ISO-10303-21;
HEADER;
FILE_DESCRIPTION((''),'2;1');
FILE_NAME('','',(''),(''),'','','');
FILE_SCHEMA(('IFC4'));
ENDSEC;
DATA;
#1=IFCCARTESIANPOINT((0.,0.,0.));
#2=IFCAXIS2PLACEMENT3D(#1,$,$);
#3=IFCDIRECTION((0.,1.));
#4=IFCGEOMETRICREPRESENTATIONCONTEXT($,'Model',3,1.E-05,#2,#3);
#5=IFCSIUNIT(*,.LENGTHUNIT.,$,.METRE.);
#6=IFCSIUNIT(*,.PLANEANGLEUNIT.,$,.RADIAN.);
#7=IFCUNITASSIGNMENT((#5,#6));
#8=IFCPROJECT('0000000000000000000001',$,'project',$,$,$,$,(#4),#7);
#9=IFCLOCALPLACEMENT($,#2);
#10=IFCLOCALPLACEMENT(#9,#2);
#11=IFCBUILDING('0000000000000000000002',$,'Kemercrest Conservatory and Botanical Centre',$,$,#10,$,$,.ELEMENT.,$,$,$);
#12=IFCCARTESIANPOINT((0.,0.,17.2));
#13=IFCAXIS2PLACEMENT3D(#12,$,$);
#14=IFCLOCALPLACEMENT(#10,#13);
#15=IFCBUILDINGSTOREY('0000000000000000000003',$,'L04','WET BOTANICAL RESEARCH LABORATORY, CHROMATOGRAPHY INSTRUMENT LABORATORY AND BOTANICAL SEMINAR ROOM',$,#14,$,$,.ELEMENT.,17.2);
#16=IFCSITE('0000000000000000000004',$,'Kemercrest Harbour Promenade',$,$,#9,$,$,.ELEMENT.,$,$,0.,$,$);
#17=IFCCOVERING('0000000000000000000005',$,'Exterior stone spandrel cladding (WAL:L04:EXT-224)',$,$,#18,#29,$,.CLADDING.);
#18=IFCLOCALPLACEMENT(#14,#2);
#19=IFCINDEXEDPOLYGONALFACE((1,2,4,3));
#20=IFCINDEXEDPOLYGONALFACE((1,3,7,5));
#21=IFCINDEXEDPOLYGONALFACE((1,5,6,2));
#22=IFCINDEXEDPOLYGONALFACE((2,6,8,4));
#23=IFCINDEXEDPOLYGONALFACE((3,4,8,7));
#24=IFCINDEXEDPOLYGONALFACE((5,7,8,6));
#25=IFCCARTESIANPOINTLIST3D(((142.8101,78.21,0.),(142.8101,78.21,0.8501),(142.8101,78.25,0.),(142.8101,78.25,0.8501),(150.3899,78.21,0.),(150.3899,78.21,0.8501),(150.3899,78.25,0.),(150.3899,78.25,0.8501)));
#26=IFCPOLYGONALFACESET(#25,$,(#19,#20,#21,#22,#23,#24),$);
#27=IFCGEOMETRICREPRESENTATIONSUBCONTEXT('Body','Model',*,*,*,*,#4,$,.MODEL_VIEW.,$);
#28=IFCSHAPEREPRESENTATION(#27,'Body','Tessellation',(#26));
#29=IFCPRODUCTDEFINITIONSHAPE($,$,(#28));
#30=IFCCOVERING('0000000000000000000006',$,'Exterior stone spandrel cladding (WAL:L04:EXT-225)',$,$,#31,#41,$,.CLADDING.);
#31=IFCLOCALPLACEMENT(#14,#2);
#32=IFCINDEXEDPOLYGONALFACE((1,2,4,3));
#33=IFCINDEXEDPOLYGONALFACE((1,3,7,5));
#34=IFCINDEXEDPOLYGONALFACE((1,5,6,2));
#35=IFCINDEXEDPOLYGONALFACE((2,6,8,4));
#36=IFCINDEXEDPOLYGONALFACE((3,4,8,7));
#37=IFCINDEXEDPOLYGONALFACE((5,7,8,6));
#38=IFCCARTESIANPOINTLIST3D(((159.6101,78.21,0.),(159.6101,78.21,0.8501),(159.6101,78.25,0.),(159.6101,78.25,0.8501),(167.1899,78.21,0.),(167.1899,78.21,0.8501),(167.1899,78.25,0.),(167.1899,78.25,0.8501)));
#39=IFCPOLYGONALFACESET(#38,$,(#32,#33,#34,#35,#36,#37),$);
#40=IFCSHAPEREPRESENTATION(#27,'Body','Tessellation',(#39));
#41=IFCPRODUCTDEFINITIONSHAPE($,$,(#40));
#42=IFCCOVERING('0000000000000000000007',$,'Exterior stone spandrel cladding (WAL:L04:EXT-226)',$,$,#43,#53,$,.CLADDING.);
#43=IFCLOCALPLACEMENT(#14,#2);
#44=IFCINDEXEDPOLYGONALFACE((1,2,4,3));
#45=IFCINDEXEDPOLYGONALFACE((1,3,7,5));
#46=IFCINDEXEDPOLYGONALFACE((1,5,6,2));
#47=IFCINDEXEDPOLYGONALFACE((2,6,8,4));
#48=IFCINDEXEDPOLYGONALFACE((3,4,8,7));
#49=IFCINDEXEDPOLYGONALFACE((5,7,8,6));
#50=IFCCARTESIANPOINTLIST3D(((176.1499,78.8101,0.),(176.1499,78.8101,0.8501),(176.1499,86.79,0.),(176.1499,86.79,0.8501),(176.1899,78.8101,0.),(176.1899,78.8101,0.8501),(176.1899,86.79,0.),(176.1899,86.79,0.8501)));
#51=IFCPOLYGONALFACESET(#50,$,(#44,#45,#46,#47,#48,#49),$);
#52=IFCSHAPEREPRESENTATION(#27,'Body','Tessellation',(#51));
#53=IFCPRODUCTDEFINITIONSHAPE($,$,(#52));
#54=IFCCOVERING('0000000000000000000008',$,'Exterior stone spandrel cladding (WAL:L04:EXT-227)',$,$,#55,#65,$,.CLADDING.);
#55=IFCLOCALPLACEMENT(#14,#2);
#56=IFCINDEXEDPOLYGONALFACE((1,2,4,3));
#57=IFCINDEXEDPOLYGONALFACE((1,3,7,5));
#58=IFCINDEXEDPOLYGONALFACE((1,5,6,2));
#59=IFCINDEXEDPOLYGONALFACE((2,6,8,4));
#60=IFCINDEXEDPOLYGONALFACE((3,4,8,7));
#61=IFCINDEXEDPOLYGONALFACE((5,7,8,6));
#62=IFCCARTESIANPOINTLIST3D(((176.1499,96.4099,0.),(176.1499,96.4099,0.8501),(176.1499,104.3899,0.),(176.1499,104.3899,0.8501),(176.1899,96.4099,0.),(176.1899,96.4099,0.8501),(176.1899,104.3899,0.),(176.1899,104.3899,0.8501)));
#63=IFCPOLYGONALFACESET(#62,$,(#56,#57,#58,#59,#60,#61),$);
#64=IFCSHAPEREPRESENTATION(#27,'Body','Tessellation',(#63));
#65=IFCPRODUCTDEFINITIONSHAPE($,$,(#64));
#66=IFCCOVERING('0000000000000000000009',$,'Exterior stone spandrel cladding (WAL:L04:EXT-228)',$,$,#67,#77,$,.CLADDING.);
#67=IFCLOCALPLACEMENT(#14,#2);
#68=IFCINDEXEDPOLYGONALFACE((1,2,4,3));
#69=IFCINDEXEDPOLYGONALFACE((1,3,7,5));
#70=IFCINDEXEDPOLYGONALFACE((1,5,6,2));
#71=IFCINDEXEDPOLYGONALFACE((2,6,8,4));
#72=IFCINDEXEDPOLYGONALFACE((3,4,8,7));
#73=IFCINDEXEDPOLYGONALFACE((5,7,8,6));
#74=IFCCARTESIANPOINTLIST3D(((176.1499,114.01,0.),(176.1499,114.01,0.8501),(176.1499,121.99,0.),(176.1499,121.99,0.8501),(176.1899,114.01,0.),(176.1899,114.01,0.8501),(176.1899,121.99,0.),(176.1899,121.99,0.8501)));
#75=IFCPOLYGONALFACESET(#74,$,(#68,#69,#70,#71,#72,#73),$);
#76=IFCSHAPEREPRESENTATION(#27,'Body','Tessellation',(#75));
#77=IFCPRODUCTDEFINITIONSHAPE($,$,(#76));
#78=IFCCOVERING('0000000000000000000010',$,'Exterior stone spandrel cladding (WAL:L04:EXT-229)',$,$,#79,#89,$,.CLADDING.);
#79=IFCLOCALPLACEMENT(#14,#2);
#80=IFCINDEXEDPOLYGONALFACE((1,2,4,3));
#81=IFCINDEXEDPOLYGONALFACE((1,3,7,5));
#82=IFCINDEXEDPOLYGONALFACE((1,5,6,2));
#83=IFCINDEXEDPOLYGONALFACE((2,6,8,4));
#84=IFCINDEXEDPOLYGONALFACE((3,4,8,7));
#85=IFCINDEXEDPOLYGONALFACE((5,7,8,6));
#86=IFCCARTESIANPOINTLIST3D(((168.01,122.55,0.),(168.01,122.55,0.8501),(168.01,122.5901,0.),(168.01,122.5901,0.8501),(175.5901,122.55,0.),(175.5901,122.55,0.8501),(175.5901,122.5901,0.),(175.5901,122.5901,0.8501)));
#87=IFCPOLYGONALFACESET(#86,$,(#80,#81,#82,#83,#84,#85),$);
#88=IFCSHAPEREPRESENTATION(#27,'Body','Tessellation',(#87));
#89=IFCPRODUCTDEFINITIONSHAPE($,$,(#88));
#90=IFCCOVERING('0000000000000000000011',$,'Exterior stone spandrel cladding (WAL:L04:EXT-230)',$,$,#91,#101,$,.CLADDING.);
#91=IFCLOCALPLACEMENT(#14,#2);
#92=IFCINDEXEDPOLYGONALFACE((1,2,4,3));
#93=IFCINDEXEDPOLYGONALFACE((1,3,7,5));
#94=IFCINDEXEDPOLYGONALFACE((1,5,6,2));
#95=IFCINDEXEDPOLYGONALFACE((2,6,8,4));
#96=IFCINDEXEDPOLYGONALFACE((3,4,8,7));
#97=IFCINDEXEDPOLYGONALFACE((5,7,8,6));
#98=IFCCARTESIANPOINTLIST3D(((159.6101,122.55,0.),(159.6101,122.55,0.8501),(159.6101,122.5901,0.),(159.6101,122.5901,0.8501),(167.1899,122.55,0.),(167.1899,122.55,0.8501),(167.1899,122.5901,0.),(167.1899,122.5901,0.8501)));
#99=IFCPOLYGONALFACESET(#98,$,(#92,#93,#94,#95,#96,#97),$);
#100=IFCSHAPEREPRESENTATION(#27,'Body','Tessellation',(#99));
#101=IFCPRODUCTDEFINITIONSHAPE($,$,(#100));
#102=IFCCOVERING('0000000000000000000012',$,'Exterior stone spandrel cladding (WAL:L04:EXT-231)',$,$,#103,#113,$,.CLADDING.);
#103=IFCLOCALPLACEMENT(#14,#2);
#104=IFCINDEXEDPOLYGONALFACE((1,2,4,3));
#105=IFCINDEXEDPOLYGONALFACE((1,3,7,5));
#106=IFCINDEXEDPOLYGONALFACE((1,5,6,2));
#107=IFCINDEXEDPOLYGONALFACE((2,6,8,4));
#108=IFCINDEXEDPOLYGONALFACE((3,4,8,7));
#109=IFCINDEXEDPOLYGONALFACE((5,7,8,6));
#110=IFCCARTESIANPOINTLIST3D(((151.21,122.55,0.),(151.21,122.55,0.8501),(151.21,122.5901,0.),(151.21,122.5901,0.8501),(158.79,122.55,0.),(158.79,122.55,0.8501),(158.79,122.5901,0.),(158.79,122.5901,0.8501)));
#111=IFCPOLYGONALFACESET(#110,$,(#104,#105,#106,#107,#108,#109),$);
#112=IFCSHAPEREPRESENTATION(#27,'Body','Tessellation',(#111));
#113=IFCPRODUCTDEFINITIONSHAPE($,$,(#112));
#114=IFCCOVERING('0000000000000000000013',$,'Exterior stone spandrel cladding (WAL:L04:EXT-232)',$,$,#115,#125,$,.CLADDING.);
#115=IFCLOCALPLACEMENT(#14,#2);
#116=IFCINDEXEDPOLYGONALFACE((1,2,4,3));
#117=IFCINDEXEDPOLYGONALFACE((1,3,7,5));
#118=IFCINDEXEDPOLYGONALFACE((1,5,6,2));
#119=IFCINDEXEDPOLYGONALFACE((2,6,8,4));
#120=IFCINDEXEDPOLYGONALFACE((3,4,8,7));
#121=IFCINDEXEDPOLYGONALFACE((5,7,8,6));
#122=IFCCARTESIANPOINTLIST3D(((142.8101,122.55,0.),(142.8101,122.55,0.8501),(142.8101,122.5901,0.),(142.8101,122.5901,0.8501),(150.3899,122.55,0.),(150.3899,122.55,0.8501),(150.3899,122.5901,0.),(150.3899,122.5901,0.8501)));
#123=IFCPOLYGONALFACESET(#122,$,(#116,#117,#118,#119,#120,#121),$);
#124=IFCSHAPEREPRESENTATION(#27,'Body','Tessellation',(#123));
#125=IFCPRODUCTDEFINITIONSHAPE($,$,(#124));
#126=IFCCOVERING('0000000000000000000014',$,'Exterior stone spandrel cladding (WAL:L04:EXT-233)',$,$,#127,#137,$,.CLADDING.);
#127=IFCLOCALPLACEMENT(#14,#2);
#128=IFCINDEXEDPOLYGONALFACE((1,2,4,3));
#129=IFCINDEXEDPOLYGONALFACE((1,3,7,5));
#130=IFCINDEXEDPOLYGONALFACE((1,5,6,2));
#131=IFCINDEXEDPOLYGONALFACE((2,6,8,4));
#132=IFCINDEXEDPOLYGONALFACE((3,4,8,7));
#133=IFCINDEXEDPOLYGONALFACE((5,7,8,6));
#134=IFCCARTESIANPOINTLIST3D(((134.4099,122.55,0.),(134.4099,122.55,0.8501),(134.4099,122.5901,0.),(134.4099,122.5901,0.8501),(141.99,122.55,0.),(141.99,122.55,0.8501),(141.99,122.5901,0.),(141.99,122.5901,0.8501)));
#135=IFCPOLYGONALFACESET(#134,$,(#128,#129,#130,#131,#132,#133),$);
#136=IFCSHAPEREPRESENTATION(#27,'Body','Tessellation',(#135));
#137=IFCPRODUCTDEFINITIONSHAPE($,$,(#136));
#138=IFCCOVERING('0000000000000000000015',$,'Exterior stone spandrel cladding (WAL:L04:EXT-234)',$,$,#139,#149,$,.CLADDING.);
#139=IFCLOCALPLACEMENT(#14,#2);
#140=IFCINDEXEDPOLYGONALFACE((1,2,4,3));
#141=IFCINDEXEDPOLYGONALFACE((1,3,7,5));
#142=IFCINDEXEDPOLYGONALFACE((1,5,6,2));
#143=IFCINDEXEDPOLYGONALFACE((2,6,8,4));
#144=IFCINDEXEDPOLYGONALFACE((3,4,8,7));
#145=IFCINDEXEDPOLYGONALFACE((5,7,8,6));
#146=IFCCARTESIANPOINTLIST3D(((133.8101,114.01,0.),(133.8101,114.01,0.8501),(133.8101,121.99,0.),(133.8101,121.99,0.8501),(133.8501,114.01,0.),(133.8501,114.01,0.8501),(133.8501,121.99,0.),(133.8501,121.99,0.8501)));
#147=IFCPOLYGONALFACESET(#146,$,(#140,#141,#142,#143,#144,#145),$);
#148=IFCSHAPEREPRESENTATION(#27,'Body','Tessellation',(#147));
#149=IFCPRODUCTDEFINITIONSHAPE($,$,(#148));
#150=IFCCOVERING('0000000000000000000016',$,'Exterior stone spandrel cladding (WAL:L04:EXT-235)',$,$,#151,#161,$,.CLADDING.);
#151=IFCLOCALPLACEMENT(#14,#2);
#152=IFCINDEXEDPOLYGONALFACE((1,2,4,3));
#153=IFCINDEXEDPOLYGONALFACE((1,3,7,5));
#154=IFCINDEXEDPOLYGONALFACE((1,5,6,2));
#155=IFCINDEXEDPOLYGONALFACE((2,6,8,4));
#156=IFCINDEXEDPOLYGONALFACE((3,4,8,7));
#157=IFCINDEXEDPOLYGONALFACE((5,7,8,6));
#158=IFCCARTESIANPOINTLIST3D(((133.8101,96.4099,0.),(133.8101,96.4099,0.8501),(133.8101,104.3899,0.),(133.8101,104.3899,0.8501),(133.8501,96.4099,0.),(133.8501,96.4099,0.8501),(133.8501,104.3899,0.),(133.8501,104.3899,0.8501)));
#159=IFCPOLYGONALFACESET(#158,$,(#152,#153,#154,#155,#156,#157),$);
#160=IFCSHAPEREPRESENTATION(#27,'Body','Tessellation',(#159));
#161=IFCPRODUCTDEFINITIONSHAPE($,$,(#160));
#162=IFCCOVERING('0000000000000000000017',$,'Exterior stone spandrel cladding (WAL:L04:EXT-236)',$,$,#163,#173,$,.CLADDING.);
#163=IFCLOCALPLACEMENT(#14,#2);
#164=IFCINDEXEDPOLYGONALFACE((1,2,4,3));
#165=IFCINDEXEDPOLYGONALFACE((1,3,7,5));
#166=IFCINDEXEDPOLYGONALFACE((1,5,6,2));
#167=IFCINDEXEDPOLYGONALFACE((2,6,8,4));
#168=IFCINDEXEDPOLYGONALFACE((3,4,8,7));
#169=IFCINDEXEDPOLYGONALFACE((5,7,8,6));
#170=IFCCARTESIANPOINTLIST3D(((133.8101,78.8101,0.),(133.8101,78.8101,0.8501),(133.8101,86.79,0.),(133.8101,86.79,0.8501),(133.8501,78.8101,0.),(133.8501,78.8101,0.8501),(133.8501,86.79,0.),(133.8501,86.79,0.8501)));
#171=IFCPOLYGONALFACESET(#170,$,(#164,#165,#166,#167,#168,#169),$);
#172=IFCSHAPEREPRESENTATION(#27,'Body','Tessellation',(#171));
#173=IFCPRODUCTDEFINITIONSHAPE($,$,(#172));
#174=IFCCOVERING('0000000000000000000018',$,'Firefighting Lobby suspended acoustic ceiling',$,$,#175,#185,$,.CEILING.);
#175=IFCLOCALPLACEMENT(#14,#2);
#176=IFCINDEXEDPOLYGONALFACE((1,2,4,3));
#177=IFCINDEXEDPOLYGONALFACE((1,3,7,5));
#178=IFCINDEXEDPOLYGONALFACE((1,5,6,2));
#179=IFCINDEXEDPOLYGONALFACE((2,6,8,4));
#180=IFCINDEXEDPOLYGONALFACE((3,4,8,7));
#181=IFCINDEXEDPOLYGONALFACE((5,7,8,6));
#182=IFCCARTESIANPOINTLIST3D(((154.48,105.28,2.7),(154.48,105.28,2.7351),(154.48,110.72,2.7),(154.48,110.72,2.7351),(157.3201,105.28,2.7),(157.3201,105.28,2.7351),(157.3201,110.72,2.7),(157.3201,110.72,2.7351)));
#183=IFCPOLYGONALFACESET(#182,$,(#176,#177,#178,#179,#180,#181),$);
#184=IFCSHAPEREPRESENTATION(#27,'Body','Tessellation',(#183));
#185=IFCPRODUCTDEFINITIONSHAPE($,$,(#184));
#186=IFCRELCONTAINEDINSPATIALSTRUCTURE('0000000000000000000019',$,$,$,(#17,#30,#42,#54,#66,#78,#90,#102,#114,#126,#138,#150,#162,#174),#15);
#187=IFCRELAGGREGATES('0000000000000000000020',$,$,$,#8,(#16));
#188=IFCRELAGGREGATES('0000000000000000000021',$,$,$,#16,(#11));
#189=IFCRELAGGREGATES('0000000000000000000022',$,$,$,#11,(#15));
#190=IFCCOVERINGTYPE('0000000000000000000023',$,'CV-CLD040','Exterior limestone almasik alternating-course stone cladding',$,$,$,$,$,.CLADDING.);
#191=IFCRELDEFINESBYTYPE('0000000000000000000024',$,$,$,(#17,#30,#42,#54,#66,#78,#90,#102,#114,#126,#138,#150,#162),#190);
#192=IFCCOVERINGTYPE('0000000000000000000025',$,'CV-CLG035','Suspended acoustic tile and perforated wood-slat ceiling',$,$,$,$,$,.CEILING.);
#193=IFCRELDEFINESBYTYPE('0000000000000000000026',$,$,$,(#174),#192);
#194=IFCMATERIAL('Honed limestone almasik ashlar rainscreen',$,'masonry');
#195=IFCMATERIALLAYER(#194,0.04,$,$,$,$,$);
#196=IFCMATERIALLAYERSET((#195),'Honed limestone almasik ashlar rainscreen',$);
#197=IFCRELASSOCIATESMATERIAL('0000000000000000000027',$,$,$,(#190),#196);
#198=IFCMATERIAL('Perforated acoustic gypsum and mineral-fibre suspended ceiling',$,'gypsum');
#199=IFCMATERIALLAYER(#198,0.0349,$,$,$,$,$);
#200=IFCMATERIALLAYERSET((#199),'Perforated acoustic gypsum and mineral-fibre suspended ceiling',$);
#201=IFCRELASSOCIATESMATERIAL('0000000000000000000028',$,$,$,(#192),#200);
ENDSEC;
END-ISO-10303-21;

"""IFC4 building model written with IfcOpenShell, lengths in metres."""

from ifc_helpers import new_model, si_unit, direction, frame, origin, place, context, subcontext, project, spatial, polyline, outline, extrude, material, layer, layer_set, type_object, element, save


model = new_model("IFC4")

# Units and contexts
model_context = context("Model", 3, precision=1e-05, world=origin(), true_north=direction((0.0, 1.0)))
body_context = subcontext(model_context, "Body", "Model", "MODEL_VIEW")
ifc_project = project(units=[si_unit("LENGTHUNIT", "METRE"), si_unit("PLANEANGLEUNIT", "RADIAN")], contexts=[model_context])

# Site, building, storey
site_placement = place(None, origin())
site = spatial("IfcSite", under=ifc_project, at=site_placement, Name="Kemercrest Harbour Promenade", CompositionType="ELEMENT", RefElevation=0.0)
building_placement = place(site_placement, origin())
building = spatial("IfcBuilding", under=site, at=building_placement, Name="Kemercrest Conservatory and Botanical Centre", CompositionType="ELEMENT")
storey_placement = place(building_placement, frame((0.0, 0.0, 17.2)))
storey = spatial("IfcBuildingStorey", under=building, at=storey_placement, Name="L04", Description="WET BOTANICAL RESEARCH LABORATORY, CHROMATOGRAPHY INSTRUMENT LABORATORY AND BOTANICAL SEMINAR ROOM", CompositionType="ELEMENT", Elevation=17.2)

# Coverings
ifc_material_1 = material(Name="Honed limestone almasik ashlar rainscreen", Category="masonry")
ifc_layer_1 = layer(ifc_material_1, 0.04)
ifc_layer_set_1 = layer_set([ifc_layer_1], Name="Honed limestone almasik ashlar rainscreen")
covering_type_1 = type_object("IfcCoveringType", Name="CV-CLD040", Description="Exterior limestone almasik alternating-course stone cladding", PredefinedType="CLADDING", material=ifc_layer_set_1)
covering_1_placement = place(storey_placement, origin())
element("IfcCovering", 1, at=covering_1_placement, inside=storey, type_object=covering_type_1, Name="Exterior stone spandrel cladding (WAL:L04:EXT-224)", PredefinedType="CLADDING", context=body_context, shape_type="SweptSolid", body=[
    extrude(outline(polyline([(142.8101, 78.25), (142.8101, 78.21), (150.3899, 78.21), (150.3899, 78.25), (142.8101, 78.25)])), origin(), (0.0, 0.0, 1.0), 0.8501),
])
covering_2_placement = place(storey_placement, origin())
element("IfcCovering", 2, at=covering_2_placement, inside=storey, type_object=covering_type_1, Name="Exterior stone spandrel cladding (WAL:L04:EXT-225)", PredefinedType="CLADDING", context=body_context, shape_type="SweptSolid", body=[
    extrude(outline(polyline([(159.6101, 78.25), (159.6101, 78.21), (167.1899, 78.21), (167.1899, 78.25), (159.6101, 78.25)])), origin(), (0.0, 0.0, 1.0), 0.8501),
])
covering_3_placement = place(storey_placement, origin())
element("IfcCovering", 3, at=covering_3_placement, inside=storey, type_object=covering_type_1, Name="Exterior stone spandrel cladding (WAL:L04:EXT-226)", PredefinedType="CLADDING", context=body_context, shape_type="SweptSolid", body=[
    extrude(outline(polyline([(176.1499, 78.8101), (176.1899, 78.8101), (176.1899, 86.79), (176.1499, 86.79), (176.1499, 78.8101)])), origin(), (0.0, 0.0, 1.0), 0.8501),
])
covering_4_placement = place(storey_placement, origin())
element("IfcCovering", 4, at=covering_4_placement, inside=storey, type_object=covering_type_1, Name="Exterior stone spandrel cladding (WAL:L04:EXT-227)", PredefinedType="CLADDING", context=body_context, shape_type="SweptSolid", body=[
    extrude(outline(polyline([(176.1499, 96.4099), (176.1899, 96.4099), (176.1899, 104.3899), (176.1499, 104.3899), (176.1499, 96.4099)])), origin(), (0.0, 0.0, 1.0), 0.8501),
])
covering_5_placement = place(storey_placement, origin())
element("IfcCovering", 5, at=covering_5_placement, inside=storey, type_object=covering_type_1, Name="Exterior stone spandrel cladding (WAL:L04:EXT-228)", PredefinedType="CLADDING", context=body_context, shape_type="SweptSolid", body=[
    extrude(outline(polyline([(176.1499, 114.01), (176.1899, 114.01), (176.1899, 121.99), (176.1499, 121.99), (176.1499, 114.01)])), origin(), (0.0, 0.0, 1.0), 0.8501),
])
covering_6_placement = place(storey_placement, origin())
element("IfcCovering", 6, at=covering_6_placement, inside=storey, type_object=covering_type_1, Name="Exterior stone spandrel cladding (WAL:L04:EXT-229)", PredefinedType="CLADDING", context=body_context, shape_type="SweptSolid", body=[
    extrude(outline(polyline([(175.5901, 122.55), (175.5901, 122.5901), (168.01, 122.5901), (168.01, 122.55), (175.5901, 122.55)])), origin(), (0.0, 0.0, 1.0), 0.8501),
])
covering_7_placement = place(storey_placement, origin())
element("IfcCovering", 7, at=covering_7_placement, inside=storey, type_object=covering_type_1, Name="Exterior stone spandrel cladding (WAL:L04:EXT-230)", PredefinedType="CLADDING", context=body_context, shape_type="SweptSolid", body=[
    extrude(outline(polyline([(167.1899, 122.55), (167.1899, 122.5901), (159.6101, 122.5901), (159.6101, 122.55), (167.1899, 122.55)])), origin(), (0.0, 0.0, 1.0), 0.8501),
])
covering_8_placement = place(storey_placement, origin())
element("IfcCovering", 8, at=covering_8_placement, inside=storey, type_object=covering_type_1, Name="Exterior stone spandrel cladding (WAL:L04:EXT-231)", PredefinedType="CLADDING", context=body_context, shape_type="SweptSolid", body=[
    extrude(outline(polyline([(158.79, 122.55), (158.79, 122.5901), (151.21, 122.5901), (151.21, 122.55), (158.79, 122.55)])), origin(), (0.0, 0.0, 1.0), 0.8501),
])
covering_9_placement = place(storey_placement, origin())
element("IfcCovering", 9, at=covering_9_placement, inside=storey, type_object=covering_type_1, Name="Exterior stone spandrel cladding (WAL:L04:EXT-232)", PredefinedType="CLADDING", context=body_context, shape_type="SweptSolid", body=[
    extrude(outline(polyline([(150.3899, 122.55), (150.3899, 122.5901), (142.8101, 122.5901), (142.8101, 122.55), (150.3899, 122.55)])), origin(), (0.0, 0.0, 1.0), 0.8501),
])
covering_10_placement = place(storey_placement, origin())
element("IfcCovering", 10, at=covering_10_placement, inside=storey, type_object=covering_type_1, Name="Exterior stone spandrel cladding (WAL:L04:EXT-233)", PredefinedType="CLADDING", context=body_context, shape_type="SweptSolid", body=[
    extrude(outline(polyline([(141.99, 122.55), (141.99, 122.5901), (134.4099, 122.5901), (134.4099, 122.55), (141.99, 122.55)])), origin(), (0.0, 0.0, 1.0), 0.8501),
])
covering_11_placement = place(storey_placement, origin())
element("IfcCovering", 11, at=covering_11_placement, inside=storey, type_object=covering_type_1, Name="Exterior stone spandrel cladding (WAL:L04:EXT-234)", PredefinedType="CLADDING", context=body_context, shape_type="SweptSolid", body=[
    extrude(outline(polyline([(133.8501, 121.99), (133.8101, 121.99), (133.8101, 114.01), (133.8501, 114.01), (133.8501, 121.99)])), origin(), (0.0, 0.0, 1.0), 0.8501),
])
covering_12_placement = place(storey_placement, origin())
element("IfcCovering", 12, at=covering_12_placement, inside=storey, type_object=covering_type_1, Name="Exterior stone spandrel cladding (WAL:L04:EXT-235)", PredefinedType="CLADDING", context=body_context, shape_type="SweptSolid", body=[
    extrude(outline(polyline([(133.8501, 104.3899), (133.8101, 104.3899), (133.8101, 96.4099), (133.8501, 96.4099), (133.8501, 104.3899)])), origin(), (0.0, 0.0, 1.0), 0.8501),
])
covering_13_placement = place(storey_placement, origin())
element("IfcCovering", 13, at=covering_13_placement, inside=storey, type_object=covering_type_1, Name="Exterior stone spandrel cladding (WAL:L04:EXT-236)", PredefinedType="CLADDING", context=body_context, shape_type="SweptSolid", body=[
    extrude(outline(polyline([(133.8501, 86.79), (133.8101, 86.79), (133.8101, 78.8101), (133.8501, 78.8101), (133.8501, 86.79)])), origin(), (0.0, 0.0, 1.0), 0.8501),
])
ifc_material_2 = material(Name="Perforated acoustic gypsum and mineral-fibre suspended ceiling", Category="gypsum")
ifc_layer_2 = layer(ifc_material_2, 0.0349)
ifc_layer_set_2 = layer_set([ifc_layer_2], Name="Perforated acoustic gypsum and mineral-fibre suspended ceiling")
covering_type_2 = type_object("IfcCoveringType", Name="CV-CLG035", Description="Suspended acoustic tile and perforated wood-slat ceiling", PredefinedType="CEILING", material=ifc_layer_set_2)
covering_14_placement = place(storey_placement, frame((0.0, 0.0, 2.7)))
element("IfcCovering", 14, at=covering_14_placement, inside=storey, type_object=covering_type_2, Name="Firefighting Lobby suspended acoustic ceiling", PredefinedType="CEILING", context=body_context, shape_type="SweptSolid", body=[
    extrude(outline(polyline([(154.48, 105.28), (157.3201, 105.28), (157.3201, 110.72), (154.48, 110.72), (154.48, 105.28)])), origin(), (0.0, 0.0, 1.0), 0.0352),
])

save(model, "model.ifc")
